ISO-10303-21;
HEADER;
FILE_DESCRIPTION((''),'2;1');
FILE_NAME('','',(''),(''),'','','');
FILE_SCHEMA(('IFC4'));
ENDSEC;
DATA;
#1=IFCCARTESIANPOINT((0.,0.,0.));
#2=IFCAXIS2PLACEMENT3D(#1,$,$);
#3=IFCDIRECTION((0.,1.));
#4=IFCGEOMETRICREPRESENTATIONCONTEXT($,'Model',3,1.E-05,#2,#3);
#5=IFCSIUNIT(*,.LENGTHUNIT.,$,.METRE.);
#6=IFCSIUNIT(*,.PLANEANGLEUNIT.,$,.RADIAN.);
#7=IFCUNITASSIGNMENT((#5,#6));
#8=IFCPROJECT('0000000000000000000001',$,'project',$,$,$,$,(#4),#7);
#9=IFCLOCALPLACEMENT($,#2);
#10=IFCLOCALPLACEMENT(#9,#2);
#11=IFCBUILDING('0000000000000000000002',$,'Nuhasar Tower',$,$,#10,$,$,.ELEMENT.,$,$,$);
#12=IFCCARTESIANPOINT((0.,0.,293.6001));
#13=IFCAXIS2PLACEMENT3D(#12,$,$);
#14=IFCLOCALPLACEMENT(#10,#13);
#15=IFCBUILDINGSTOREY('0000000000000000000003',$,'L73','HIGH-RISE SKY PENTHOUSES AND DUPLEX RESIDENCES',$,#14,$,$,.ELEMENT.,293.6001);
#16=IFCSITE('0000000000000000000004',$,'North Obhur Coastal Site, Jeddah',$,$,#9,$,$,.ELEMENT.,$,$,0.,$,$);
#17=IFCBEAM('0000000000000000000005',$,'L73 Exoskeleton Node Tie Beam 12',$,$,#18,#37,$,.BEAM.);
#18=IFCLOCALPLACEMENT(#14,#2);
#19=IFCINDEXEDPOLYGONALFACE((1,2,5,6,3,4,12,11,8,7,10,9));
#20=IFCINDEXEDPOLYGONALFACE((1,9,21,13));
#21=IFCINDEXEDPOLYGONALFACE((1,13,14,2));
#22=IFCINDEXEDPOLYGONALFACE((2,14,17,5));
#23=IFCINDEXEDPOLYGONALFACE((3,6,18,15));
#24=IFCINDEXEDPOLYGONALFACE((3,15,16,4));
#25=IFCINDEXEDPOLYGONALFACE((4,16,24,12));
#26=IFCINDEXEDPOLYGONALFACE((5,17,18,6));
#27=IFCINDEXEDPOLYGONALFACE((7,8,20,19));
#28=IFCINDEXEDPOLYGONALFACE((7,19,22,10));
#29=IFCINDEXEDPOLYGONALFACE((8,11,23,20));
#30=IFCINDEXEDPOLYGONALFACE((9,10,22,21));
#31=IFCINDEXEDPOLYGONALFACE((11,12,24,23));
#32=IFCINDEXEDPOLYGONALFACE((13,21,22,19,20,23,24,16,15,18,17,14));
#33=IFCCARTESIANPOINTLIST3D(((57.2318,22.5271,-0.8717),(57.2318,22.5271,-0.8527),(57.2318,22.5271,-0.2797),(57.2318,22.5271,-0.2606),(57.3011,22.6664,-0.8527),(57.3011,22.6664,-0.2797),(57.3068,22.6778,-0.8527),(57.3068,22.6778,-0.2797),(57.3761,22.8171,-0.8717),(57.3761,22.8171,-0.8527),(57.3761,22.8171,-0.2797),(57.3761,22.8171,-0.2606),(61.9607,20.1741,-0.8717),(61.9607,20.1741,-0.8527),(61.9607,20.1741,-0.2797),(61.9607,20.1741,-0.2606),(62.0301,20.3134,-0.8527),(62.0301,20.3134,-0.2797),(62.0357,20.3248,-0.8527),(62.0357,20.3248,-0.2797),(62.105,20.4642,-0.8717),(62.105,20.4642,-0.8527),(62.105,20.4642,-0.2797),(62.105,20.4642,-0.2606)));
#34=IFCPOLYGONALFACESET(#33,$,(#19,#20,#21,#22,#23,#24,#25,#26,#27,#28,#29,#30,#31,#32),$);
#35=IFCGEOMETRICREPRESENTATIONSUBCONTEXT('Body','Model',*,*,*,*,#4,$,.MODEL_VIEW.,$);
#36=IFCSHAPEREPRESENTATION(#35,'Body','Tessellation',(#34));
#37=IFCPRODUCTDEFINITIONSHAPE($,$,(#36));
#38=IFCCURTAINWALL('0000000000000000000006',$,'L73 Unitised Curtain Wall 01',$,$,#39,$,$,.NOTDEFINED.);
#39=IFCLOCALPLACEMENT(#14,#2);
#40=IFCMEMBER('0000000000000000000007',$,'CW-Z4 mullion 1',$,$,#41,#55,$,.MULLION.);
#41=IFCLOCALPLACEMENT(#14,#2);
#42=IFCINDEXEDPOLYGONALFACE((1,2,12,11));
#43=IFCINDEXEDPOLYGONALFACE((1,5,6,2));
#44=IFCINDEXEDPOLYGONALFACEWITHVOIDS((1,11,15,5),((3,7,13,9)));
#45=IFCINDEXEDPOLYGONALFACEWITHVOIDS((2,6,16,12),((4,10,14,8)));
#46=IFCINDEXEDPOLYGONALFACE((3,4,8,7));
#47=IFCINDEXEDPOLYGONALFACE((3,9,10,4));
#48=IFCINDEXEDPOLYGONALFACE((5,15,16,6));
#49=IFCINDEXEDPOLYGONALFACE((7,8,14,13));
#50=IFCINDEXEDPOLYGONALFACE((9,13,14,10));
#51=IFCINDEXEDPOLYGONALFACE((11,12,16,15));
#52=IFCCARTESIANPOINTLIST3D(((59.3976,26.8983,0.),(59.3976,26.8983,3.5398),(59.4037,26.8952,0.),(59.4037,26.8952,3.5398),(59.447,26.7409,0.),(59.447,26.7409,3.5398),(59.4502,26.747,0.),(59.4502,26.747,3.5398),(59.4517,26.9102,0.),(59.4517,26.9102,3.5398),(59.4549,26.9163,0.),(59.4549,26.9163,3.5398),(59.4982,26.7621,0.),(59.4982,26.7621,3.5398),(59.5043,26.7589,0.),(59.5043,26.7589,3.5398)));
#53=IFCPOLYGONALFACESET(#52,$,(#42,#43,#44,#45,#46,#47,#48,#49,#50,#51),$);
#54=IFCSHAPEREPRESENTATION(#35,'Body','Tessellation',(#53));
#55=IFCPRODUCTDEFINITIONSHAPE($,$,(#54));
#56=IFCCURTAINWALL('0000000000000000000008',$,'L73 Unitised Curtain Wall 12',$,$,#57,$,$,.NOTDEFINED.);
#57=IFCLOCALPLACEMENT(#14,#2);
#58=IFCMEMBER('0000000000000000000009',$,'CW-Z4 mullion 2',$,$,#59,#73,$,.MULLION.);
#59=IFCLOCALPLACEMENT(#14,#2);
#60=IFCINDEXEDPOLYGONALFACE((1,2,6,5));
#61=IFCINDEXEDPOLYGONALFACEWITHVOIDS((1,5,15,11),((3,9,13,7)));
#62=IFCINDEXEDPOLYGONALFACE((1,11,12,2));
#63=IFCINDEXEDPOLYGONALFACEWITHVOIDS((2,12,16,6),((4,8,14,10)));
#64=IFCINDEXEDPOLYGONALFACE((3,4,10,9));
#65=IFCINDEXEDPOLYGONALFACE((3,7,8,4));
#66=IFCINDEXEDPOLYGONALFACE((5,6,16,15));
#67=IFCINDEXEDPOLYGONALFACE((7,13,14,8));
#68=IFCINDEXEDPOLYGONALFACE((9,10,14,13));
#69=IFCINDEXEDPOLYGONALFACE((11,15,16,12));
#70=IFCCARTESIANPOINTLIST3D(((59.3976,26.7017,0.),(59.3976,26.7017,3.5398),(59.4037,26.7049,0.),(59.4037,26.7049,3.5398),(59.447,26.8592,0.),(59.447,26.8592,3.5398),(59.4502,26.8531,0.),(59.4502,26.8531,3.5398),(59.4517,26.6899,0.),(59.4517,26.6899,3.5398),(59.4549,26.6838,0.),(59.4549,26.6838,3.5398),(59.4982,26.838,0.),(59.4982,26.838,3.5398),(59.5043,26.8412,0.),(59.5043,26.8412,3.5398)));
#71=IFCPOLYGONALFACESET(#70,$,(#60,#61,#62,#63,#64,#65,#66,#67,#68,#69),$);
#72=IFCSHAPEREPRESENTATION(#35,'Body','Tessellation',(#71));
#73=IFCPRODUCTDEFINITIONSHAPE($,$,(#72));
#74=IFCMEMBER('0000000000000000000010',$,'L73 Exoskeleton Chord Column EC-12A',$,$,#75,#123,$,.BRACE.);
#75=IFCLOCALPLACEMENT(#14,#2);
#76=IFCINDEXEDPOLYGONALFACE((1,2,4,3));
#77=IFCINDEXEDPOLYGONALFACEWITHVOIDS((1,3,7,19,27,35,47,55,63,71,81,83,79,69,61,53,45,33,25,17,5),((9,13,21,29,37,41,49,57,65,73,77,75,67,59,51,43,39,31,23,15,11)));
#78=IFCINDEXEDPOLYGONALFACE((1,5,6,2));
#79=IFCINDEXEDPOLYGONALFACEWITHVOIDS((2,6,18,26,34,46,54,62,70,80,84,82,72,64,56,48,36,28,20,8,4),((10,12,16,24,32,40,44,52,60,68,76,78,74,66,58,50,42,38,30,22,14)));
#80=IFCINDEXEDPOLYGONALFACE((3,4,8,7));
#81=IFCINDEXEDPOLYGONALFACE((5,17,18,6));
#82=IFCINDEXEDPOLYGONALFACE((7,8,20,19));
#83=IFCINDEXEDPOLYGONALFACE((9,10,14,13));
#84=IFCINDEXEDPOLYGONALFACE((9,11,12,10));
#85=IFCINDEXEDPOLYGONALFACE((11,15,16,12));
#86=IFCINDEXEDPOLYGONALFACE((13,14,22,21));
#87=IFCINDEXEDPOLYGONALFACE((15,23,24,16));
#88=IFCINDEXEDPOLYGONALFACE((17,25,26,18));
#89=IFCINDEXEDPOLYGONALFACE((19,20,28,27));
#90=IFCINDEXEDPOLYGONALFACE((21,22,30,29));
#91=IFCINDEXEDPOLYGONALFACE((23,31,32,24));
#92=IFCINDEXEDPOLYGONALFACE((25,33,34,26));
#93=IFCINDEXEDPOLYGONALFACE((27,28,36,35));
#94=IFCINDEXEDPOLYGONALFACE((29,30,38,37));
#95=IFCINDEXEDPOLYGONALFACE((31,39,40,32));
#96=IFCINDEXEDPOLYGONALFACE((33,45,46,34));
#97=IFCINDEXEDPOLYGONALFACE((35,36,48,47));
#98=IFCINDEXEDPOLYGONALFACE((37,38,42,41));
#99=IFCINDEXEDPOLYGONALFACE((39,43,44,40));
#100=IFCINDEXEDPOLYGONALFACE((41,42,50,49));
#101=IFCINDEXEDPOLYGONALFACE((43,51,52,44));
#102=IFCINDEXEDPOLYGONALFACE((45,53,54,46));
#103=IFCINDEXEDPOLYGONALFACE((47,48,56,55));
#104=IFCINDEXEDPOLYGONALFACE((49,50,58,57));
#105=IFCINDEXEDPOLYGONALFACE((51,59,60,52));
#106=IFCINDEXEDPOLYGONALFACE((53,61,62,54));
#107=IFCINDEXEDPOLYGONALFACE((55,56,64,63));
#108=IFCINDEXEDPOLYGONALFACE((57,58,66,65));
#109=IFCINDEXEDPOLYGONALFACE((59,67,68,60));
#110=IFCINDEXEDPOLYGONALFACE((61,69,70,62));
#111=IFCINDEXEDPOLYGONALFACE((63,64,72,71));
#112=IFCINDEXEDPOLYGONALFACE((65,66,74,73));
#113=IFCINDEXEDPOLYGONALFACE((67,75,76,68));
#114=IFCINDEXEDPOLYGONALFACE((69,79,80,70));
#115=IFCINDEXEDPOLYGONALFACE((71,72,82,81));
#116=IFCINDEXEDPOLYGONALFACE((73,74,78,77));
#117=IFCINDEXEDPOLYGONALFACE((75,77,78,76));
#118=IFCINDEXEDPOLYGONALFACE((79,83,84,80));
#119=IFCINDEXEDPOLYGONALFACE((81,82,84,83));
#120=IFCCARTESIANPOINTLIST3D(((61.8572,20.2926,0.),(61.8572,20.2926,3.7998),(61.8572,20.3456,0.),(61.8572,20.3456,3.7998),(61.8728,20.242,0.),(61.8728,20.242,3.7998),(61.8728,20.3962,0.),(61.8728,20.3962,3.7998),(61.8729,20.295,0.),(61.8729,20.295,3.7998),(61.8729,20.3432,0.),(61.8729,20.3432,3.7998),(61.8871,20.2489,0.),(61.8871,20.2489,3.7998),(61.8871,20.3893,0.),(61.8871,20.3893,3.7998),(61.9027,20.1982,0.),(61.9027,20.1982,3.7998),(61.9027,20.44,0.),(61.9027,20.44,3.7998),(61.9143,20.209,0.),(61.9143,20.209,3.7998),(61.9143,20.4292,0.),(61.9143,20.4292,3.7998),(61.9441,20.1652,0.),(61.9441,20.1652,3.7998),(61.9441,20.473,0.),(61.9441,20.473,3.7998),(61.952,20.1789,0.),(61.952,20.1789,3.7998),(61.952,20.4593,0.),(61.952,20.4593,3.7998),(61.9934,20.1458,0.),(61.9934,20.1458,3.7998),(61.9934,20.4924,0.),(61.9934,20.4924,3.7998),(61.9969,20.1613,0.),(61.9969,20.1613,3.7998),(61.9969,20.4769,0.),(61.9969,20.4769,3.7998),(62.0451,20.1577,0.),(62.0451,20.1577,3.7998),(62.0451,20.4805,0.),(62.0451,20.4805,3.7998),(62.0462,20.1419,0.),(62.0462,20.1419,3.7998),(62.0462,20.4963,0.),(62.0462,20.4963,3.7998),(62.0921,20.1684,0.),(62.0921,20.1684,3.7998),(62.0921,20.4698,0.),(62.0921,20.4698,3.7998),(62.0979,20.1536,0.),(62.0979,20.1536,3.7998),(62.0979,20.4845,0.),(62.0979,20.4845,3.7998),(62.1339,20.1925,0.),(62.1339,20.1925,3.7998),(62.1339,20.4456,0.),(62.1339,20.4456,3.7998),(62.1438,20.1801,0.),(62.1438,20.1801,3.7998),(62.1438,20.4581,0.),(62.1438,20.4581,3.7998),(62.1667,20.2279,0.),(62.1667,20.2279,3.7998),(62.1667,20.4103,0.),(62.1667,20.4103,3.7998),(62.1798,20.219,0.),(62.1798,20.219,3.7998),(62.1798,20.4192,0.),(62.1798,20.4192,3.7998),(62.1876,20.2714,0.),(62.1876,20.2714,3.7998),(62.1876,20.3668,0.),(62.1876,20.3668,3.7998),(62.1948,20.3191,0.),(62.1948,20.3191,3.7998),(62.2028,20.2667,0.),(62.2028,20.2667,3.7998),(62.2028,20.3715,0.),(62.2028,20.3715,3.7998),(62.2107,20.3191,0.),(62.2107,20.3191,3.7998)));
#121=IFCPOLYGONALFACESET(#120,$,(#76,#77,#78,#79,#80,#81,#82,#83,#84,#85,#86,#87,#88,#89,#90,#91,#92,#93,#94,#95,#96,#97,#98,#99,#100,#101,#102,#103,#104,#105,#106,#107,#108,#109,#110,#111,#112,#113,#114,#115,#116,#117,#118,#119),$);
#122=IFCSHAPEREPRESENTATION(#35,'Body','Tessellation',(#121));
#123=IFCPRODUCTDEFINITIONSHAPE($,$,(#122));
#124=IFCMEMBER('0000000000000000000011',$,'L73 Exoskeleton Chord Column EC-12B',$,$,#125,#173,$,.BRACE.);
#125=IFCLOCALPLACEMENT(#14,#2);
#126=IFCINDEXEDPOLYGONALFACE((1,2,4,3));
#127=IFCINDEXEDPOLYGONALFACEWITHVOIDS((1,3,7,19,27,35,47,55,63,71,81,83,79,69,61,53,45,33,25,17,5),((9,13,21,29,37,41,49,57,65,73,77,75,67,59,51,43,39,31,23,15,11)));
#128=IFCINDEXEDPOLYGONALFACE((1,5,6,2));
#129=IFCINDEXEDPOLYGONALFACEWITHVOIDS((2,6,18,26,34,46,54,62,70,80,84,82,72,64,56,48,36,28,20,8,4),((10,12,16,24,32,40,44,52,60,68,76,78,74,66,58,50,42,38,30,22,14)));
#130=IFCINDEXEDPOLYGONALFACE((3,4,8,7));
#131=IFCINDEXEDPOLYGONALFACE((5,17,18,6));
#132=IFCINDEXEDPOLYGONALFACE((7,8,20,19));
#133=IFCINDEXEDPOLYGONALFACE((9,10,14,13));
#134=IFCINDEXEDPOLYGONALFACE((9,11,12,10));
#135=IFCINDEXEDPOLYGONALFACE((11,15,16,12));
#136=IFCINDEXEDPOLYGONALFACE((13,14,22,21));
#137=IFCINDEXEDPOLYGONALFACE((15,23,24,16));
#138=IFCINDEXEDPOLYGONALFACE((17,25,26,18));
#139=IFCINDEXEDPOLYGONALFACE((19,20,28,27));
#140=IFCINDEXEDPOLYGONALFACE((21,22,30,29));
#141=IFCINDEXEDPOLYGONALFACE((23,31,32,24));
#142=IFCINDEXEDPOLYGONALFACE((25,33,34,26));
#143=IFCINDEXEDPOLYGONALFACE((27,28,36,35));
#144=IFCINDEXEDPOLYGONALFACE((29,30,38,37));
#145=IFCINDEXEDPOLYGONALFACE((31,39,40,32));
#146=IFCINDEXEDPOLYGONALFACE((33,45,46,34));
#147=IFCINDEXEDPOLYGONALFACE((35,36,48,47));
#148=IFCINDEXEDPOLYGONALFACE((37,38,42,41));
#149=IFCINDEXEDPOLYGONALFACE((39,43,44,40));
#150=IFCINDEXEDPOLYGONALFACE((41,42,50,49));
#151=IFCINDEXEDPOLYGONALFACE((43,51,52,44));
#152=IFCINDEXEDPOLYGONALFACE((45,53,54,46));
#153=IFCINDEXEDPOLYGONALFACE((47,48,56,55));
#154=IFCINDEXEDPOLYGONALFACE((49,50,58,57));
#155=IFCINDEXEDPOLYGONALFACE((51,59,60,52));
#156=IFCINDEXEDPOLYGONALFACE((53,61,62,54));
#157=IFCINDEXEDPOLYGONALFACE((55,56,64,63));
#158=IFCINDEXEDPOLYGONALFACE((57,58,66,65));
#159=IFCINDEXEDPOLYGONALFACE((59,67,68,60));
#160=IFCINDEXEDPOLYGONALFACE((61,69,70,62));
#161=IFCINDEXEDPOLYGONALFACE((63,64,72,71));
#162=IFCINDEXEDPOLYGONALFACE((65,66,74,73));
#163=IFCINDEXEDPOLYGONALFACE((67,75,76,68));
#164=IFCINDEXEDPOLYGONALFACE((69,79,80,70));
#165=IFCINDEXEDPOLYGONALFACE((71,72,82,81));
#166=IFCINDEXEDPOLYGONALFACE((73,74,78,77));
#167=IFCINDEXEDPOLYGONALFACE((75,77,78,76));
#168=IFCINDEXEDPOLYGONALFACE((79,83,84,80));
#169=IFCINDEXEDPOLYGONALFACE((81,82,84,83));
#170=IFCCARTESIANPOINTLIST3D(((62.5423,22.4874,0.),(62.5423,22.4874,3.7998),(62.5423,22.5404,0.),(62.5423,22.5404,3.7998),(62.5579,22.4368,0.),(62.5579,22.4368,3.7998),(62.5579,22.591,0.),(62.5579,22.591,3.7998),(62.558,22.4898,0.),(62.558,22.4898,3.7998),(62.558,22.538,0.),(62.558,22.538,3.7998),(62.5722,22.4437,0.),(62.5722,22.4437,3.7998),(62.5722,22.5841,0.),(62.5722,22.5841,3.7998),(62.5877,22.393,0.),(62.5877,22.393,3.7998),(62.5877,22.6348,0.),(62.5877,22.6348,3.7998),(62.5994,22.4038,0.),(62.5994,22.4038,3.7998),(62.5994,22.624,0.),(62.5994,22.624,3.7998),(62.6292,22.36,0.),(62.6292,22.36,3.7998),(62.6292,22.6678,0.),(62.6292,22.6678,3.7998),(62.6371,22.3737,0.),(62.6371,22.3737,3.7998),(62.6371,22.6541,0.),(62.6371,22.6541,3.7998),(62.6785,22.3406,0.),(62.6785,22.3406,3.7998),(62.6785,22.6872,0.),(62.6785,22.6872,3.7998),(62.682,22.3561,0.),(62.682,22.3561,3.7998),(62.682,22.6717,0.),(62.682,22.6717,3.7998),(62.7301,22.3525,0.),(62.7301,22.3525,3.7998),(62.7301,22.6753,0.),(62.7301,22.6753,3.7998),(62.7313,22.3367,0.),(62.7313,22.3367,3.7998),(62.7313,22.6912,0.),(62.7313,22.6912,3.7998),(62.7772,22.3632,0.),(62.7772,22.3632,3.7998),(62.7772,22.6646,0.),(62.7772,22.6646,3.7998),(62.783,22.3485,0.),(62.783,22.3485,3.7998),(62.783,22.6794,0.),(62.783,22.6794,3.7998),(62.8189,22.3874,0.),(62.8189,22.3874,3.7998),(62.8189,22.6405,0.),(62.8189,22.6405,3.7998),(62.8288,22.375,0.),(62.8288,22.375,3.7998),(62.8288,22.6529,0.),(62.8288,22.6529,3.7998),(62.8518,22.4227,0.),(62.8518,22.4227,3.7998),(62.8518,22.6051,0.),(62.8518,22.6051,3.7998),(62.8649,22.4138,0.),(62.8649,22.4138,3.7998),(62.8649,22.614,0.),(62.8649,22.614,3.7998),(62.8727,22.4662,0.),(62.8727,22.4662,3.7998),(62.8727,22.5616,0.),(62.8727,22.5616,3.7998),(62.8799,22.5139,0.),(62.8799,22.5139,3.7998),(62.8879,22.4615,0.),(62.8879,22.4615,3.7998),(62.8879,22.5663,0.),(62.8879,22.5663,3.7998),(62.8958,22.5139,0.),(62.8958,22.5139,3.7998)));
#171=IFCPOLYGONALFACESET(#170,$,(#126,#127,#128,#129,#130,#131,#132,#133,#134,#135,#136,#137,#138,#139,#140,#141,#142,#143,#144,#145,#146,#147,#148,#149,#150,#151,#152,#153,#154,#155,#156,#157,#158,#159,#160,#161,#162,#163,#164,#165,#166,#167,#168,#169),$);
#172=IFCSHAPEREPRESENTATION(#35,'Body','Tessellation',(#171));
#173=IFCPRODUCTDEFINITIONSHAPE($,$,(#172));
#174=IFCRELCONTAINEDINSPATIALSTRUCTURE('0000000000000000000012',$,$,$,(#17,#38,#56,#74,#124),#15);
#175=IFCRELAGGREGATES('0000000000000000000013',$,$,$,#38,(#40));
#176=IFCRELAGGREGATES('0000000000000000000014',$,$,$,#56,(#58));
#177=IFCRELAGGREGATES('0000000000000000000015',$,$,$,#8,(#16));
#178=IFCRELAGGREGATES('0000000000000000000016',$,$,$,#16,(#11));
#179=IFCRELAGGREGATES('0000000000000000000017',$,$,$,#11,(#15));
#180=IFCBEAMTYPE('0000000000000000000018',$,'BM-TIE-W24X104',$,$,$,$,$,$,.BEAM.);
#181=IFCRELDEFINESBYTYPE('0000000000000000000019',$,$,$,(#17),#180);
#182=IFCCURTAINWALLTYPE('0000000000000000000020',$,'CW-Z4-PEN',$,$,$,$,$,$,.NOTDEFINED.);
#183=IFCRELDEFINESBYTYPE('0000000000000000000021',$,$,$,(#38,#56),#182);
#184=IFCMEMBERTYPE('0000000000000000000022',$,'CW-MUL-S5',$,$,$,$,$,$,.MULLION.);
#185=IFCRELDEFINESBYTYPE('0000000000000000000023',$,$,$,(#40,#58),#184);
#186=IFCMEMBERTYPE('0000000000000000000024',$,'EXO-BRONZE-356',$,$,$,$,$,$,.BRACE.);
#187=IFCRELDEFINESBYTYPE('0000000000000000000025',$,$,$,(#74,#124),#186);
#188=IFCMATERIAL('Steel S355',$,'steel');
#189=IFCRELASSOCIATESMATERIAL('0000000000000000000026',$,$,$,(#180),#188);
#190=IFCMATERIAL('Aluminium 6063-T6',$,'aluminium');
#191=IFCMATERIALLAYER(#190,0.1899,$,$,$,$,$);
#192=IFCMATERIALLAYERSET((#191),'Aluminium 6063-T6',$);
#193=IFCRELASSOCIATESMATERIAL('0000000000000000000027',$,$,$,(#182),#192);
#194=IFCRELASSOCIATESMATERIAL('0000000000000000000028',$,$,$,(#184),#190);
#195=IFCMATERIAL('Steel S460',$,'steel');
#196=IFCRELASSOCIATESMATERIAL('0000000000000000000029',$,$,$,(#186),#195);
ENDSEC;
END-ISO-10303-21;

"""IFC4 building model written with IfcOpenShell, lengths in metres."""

from ifc_helpers import new_model, si_unit, direction, frame, origin, origin_2d, place, context, subcontext, project, spatial, hollow_rectangle, hollow_circle, i_section, extrude, material, layer, layer_set, material_profile, profile_set, type_object, element, aggregate, save


model = new_model("IFC4")

# Units and contexts
model_context = context("Model", 3, precision=1e-05, world=origin(), true_north=direction((0.0, 1.0)))
body_context = subcontext(model_context, "Body", "Model", "MODEL_VIEW")
ifc_project = project(units=[si_unit("LENGTHUNIT", "METRE"), si_unit("PLANEANGLEUNIT", "RADIAN")], contexts=[model_context])

# Site, building, storey
site_placement = place(None, origin())
site = spatial("IfcSite", under=ifc_project, at=site_placement, Name="North Obhur Coastal Site, Jeddah", CompositionType="ELEMENT", RefElevation=0.0)
building_placement = place(site_placement, origin())
building = spatial("IfcBuilding", under=site, at=building_placement, Name="Nuhasar Tower", CompositionType="ELEMENT")
storey_placement = place(building_placement, frame((0.0, 0.0, 293.6001)))
storey = spatial("IfcBuildingStorey", under=building, at=storey_placement, Name="L73", Description="HIGH-RISE SKY PENTHOUSES AND DUPLEX RESIDENCES", CompositionType="ELEMENT", Elevation=293.6001)

# Beam
ifc_material_1 = material(Name="Steel S355", Category="steel")
ifc_material_profile_1 = material_profile(ifc_material_1, i_section(OverallWidth=0.324, OverallDepth=0.6111, WebThickness=0.0127, FlangeThickness=0.019, at=origin_2d()), Name="W24X104")
ifc_profile_set_1 = profile_set([ifc_material_profile_1], Name="Steel S355")
beam_type_1 = type_object("IfcBeamType", Name="BM-TIE-W24X104", PredefinedType="BEAM", material=ifc_profile_set_1)
beam_1_placement = place(storey_placement, frame((57.304, 22.6721, -0.5662), z_axis=(0.895294, -0.445475, 0.0), x_axis=(0.445475, 0.895294, 0.0)))
element("IfcBeam", 1, at=beam_1_placement, inside=storey, type_object=beam_type_1, Name="L73 Exoskeleton Node Tie Beam 12", PredefinedType="BEAM", context=body_context, shape_type="SweptSolid", body=[
    extrude(i_section(OverallWidth=0.324, OverallDepth=0.6111, WebThickness=0.0127, FlangeThickness=0.019, at=origin_2d()), origin(), (0.0, 0.0, 1.0), 5.282),
])

# Curtain walls, members
ifc_material_2 = material(Name="Aluminium 6063-T6", Category="aluminium")
ifc_layer_1 = layer(ifc_material_2, 0.1899)
ifc_layer_set_1 = layer_set([ifc_layer_1], Name="Aluminium 6063-T6")
curtain_wall_type = type_object("IfcCurtainWallType", Name="CW-Z4-PEN", PredefinedType="NOTDEFINED", material=ifc_layer_set_1)
curtain_wall_1_placement = place(storey_placement, origin())
curtain_wall_1 = element("IfcCurtainWall", 2, at=curtain_wall_1_placement, inside=storey, type_object=curtain_wall_type, Name="L73 Unitised Curtain Wall 01", PredefinedType="NOTDEFINED")
ifc_material_profile_2 = material_profile(ifc_material_2, hollow_rectangle(XDim=0.0601, YDim=0.165, WallThickness=0.0049, at=origin_2d()), Name="CWM-5")
ifc_profile_set_2 = profile_set([ifc_material_profile_2], Name="Aluminium 6063-T6")
member_type_1 = type_object("IfcMemberType", Name="CW-MUL-S5", PredefinedType="MULLION", material=ifc_profile_set_2)
member_1_placement = place(storey_placement, frame((59.4509, 26.8286, 0.0), z_axis=(0.0, 0.0, 1.0), x_axis=(-0.954079, -0.299557, 0.0)))
member_1 = element("IfcMember", 3, at=member_1_placement, type_object=member_type_1, Name="CW-Z4 mullion 1", PredefinedType="MULLION", context=body_context, shape_type="SweptSolid", body=[
    extrude(hollow_rectangle(XDim=0.0601, YDim=0.165, WallThickness=0.0049, at=origin_2d()), origin(), (0.0, 0.0, 1.0), 3.5398),
])
aggregate(curtain_wall_1, [member_1])
curtain_wall_2_placement = place(storey_placement, origin())
curtain_wall_2 = element("IfcCurtainWall", 4, at=curtain_wall_2_placement, inside=storey, type_object=curtain_wall_type, Name="L73 Unitised Curtain Wall 12", PredefinedType="NOTDEFINED")
member_2_placement = place(storey_placement, frame((59.4509, 26.7715, 0.0), z_axis=(0.0, 0.0, 1.0), x_axis=(-0.954079, 0.299557, 0.0)))
member_2 = element("IfcMember", 5, at=member_2_placement, type_object=member_type_1, Name="CW-Z4 mullion 2", PredefinedType="MULLION", context=body_context, shape_type="SweptSolid", body=[
    extrude(hollow_rectangle(XDim=0.0601, YDim=0.165, WallThickness=0.0049, at=origin_2d()), origin(), (0.0, 0.0, 1.0), 3.5398),
])

# Members
ifc_material_3 = material(Name="Steel S460", Category="steel")
ifc_material_profile_3 = material_profile(ifc_material_3, hollow_circle(Radius=0.1777, WallThickness=0.0159, at=origin_2d()), Name="HSS355.6X15.9")
ifc_profile_set_3 = profile_set([ifc_material_profile_3], Name="Steel S460")
member_type_2 = type_object("IfcMemberType", Name="EXO-BRONZE-356", PredefinedType="BRACE", material=ifc_profile_set_3)
for number, where, z_axis, x_axis, name in (
    (6, (62.033, 20.3191, 0.0), (0.0, 0.0, 1.0), (1.0, 0.0, 0.0), "L73 Exoskeleton Chord Column EC-12A"),
    (7, (62.718, 22.5139, 0.0), (0.0, 0.0, 1.0), (1.0, 0.0, 0.0), "L73 Exoskeleton Chord Column EC-12B"),
):
    element("IfcMember", number, at=place(storey_placement, frame(where, z_axis=z_axis, x_axis=x_axis)), inside=storey, type_object=member_type_2, Name=name, PredefinedType="BRACE", context=body_context, shape_type="SweptSolid", body=[
        extrude(hollow_circle(Radius=0.1777, WallThickness=0.0159, at=origin_2d()), origin(), (0.0, 0.0, 1.0), 3.7998),
    ])

aggregate(curtain_wall_2, [member_2])

save(model, "model.ifc")
